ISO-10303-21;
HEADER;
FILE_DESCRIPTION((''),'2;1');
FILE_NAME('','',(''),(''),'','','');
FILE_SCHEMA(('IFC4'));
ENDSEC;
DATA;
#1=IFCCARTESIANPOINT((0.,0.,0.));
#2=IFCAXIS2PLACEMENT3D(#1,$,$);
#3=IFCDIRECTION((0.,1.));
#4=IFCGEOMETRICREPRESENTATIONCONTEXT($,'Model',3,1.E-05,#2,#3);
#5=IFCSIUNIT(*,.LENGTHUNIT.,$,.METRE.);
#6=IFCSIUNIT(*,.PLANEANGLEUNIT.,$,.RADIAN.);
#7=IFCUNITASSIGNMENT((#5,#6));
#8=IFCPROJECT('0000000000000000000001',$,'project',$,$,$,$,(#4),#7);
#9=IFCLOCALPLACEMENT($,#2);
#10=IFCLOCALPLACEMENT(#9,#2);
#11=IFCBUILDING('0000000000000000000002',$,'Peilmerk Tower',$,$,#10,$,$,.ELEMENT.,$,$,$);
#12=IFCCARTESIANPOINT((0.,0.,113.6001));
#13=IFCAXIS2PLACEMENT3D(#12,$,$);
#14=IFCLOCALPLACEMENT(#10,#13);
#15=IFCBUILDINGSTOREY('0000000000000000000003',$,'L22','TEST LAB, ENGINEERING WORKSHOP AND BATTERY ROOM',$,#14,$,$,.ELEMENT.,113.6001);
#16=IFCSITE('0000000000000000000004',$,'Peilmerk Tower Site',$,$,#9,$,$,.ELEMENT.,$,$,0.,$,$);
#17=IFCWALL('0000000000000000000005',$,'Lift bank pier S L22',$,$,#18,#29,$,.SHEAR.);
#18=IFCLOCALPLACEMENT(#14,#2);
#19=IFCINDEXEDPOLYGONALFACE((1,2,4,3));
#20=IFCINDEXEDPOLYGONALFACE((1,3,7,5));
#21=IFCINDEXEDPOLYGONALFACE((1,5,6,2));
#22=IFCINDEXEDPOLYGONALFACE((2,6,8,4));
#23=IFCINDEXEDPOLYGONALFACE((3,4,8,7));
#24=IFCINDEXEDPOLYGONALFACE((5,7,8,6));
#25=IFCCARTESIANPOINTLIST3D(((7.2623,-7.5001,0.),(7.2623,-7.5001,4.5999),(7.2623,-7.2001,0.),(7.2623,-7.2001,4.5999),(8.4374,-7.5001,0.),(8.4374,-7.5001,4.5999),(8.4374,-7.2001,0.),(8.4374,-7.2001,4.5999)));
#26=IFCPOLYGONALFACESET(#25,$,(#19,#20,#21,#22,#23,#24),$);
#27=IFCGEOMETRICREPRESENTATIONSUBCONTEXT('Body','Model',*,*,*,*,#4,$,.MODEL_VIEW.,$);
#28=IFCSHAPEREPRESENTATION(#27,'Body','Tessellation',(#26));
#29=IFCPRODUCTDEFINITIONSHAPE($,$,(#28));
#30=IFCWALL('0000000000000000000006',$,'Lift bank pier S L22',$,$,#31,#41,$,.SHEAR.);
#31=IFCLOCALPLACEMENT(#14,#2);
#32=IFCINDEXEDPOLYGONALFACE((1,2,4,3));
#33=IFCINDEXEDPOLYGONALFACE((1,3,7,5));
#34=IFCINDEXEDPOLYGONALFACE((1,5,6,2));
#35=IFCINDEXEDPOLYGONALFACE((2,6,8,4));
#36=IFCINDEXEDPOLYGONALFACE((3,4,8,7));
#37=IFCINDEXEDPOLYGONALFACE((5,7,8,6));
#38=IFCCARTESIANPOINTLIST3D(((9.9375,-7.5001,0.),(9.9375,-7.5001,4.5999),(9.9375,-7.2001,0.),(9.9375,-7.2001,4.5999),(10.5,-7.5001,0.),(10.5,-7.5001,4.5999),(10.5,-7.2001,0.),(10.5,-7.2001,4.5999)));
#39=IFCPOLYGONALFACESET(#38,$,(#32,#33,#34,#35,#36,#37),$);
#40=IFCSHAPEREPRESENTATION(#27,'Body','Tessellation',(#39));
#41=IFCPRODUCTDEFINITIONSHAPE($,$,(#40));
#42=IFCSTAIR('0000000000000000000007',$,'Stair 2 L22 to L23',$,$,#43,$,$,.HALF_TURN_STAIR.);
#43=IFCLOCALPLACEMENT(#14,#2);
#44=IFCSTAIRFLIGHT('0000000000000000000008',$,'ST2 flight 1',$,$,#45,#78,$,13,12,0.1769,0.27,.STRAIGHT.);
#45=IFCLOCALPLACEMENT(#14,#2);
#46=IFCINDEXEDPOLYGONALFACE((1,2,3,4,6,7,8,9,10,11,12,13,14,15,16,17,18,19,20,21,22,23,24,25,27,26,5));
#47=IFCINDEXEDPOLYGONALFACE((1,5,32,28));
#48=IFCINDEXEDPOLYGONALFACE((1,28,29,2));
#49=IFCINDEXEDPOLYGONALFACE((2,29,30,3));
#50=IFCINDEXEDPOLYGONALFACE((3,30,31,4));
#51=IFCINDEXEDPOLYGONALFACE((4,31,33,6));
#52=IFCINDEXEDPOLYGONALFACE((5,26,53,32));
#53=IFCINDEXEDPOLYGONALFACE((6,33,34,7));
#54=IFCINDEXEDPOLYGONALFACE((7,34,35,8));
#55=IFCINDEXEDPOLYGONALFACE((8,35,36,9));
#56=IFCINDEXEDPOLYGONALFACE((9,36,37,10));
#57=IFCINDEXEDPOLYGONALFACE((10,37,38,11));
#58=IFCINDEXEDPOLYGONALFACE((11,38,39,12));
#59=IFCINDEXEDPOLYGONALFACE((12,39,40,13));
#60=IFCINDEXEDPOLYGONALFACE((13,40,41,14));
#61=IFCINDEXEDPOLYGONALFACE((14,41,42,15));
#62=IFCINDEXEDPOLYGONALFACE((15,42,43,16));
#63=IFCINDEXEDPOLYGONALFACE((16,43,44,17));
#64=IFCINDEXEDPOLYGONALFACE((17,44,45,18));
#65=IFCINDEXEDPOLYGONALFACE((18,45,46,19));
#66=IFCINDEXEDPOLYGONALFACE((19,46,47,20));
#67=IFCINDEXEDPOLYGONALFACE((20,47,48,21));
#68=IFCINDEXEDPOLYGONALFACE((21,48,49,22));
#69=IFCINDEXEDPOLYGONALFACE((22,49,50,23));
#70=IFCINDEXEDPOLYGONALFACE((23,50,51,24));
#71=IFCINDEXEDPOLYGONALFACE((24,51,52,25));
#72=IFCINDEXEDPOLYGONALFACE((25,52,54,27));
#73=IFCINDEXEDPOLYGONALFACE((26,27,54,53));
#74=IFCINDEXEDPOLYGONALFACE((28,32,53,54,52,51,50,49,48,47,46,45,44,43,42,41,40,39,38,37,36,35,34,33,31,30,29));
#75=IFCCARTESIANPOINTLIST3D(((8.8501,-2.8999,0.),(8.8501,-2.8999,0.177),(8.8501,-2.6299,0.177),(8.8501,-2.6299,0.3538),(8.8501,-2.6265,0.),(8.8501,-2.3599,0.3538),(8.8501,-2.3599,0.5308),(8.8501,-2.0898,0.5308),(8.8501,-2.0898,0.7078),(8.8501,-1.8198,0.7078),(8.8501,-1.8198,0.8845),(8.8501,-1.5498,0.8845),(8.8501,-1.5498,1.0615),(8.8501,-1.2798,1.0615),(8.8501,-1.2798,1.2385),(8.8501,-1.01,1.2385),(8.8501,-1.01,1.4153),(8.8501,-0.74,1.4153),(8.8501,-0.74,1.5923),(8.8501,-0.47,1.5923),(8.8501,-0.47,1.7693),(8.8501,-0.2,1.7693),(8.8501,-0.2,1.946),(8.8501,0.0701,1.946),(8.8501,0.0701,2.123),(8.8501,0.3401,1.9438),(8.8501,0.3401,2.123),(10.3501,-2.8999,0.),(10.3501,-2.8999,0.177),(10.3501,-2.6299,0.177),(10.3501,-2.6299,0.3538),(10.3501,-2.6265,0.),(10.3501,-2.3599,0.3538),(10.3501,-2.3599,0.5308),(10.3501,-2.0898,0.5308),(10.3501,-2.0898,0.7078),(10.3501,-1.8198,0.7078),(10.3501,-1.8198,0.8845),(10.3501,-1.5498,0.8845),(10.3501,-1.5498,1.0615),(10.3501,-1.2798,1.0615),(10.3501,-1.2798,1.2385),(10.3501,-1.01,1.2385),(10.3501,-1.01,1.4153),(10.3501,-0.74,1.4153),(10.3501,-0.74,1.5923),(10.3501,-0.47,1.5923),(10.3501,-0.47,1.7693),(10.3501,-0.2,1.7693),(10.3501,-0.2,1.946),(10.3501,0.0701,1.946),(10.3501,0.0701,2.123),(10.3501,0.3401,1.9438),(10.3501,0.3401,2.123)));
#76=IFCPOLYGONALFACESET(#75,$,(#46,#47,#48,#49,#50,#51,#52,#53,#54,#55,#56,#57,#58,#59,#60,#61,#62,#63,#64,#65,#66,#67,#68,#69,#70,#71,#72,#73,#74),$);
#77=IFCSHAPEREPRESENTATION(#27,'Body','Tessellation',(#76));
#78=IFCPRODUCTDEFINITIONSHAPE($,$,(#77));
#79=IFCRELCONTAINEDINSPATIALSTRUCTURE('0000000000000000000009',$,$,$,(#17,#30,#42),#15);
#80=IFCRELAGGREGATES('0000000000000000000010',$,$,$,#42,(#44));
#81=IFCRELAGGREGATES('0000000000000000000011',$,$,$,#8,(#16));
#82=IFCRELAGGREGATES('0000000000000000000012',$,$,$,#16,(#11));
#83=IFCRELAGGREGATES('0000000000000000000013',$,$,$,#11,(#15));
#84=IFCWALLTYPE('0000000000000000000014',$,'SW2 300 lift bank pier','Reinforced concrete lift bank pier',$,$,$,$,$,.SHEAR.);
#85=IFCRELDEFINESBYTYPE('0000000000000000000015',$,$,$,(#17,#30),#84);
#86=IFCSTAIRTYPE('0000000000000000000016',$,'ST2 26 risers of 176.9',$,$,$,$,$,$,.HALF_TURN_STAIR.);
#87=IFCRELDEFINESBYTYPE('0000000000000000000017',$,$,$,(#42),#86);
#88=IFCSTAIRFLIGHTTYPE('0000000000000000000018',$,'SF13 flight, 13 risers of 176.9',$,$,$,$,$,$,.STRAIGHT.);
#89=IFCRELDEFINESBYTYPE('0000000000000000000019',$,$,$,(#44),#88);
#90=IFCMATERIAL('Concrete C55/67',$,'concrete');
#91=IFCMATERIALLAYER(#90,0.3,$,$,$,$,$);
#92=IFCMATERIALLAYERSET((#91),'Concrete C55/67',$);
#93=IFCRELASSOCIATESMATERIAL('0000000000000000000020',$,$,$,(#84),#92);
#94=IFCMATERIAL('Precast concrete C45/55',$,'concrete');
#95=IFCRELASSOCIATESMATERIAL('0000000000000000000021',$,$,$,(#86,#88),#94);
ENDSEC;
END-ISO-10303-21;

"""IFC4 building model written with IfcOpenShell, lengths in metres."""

from ifc_helpers import new_model, si_unit, direction, frame, frame_2d, origin, place, context, subcontext, project, spatial, polyline, rectangle, outline, extrude, material, layer, layer_set, type_object, element, aggregate, save


model = new_model("IFC4")

# Units and contexts
model_context = context("Model", 3, precision=1e-05, world=origin(), true_north=direction((0.0, 1.0)))
body_context = subcontext(model_context, "Body", "Model", "MODEL_VIEW")
ifc_project = project(units=[si_unit("LENGTHUNIT", "METRE"), si_unit("PLANEANGLEUNIT", "RADIAN")], contexts=[model_context])

# Site, building, storey
site_placement = place(None, origin())
site = spatial("IfcSite", under=ifc_project, at=site_placement, Name="Peilmerk Tower Site", CompositionType="ELEMENT", RefElevation=0.0)
building_placement = place(site_placement, origin())
building = spatial("IfcBuilding", under=site, at=building_placement, Name="Peilmerk Tower", CompositionType="ELEMENT")
storey_placement = place(building_placement, frame((0.0, 0.0, 113.6001)))
storey = spatial("IfcBuildingStorey", under=building, at=storey_placement, Name="L22", Description="TEST LAB, ENGINEERING WORKSHOP AND BATTERY ROOM", CompositionType="ELEMENT", Elevation=113.6001)

# Walls
ifc_material_1 = material(Name="Concrete C55/67", Category="concrete")
ifc_layer_1 = layer(ifc_material_1, 0.3)
ifc_layer_set_1 = layer_set([ifc_layer_1], Name="Concrete C55/67")
wall_type_1 = type_object("IfcWallType", Name="SW2 300 lift bank pier", Description="Reinforced concrete lift bank pier", PredefinedType="SHEAR", material=ifc_layer_set_1)
wall_1_placement = place(storey_placement, frame((7.2625, -7.3501, 0.0), z_axis=(0.0, 0.0, 1.0), x_axis=(1.0, 0.0, 0.0)))
element("IfcWall", 1, at=wall_1_placement, inside=storey, type_object=wall_type_1, Name="Lift bank pier S L22", PredefinedType="SHEAR", context=body_context, shape_type="SweptSolid", body=[
    extrude(rectangle(XDim=1.175, YDim=0.3, at=frame_2d((0.5874, 0.0))), origin(), (0.0, 0.0, 1.0), 4.5999),
])
wall_2_placement = place(storey_placement, frame((9.9375, -7.3501, 0.0), z_axis=(0.0, 0.0, 1.0), x_axis=(1.0, 0.0, 0.0)))
element("IfcWall", 2, at=wall_2_placement, inside=storey, type_object=wall_type_1, Name="Lift bank pier S L22", PredefinedType="SHEAR", context=body_context, shape_type="SweptSolid", body=[
    extrude(rectangle(XDim=0.5625, YDim=0.3, at=frame_2d((0.2812, 0.0))), origin(), (0.0, 0.0, 1.0), 4.5999),
])

# Stair, stair flight
ifc_material_2 = material(Name="Precast concrete C45/55", Category="concrete")
stair_type = type_object("IfcStairType", Name="ST2 26 risers of 176.9", PredefinedType="HALF_TURN_STAIR", material=ifc_material_2)
stair_placement = place(storey_placement, origin())
stair = element("IfcStair", 3, at=stair_placement, inside=storey, type_object=stair_type, Name="Stair 2 L22 to L23", PredefinedType="HALF_TURN_STAIR")
stair_flight_type = type_object("IfcStairFlightType", Name="SF13 flight, 13 risers of 176.9", PredefinedType="STRAIGHT", material=ifc_material_2)
stair_flight_placement = place(storey_placement, frame((9.6001, -2.8999, 0.0), z_axis=(0.0, 0.0, 1.0), x_axis=(0.0, 1.0, 0.0)))
stair_flight = element("IfcStairFlight", 4, at=stair_flight_placement, type_object=stair_flight_type, Name="ST2 flight 1", NumberOfRisers=13, NumberOfTreads=12, PredefinedType="STRAIGHT", RiserHeight=0.1769, TreadLength=0.27, context=body_context, shape_type="SweptSolid", body=[
    extrude(outline(polyline([(0.0, 0.0), (0.0, 0.177), (0.27, 0.177), (0.27, 0.3538), (0.54, 0.3538), (0.54, 0.5308), (0.8101, 0.5308), (0.8101, 0.7078), (1.0801, 0.7078), (1.0801, 0.8845), (1.3501, 0.8845), (1.3501, 1.0615), (1.6201, 1.0615), (1.6201, 1.2385), (1.8899, 1.2385), (1.8899, 1.4153), (2.1599, 1.4153), (2.1599, 1.5923), (2.4299, 1.5923), (2.4299, 1.7693), (2.7, 1.7693), (2.7, 1.946), (2.97, 1.946), (2.97, 2.123), (3.24, 2.123), (3.24, 2.3), (3.24, 1.9438), (0.2734, 0.0), (0.0, 0.0)])), frame((0.0, 0.75, 0.0), z_axis=(0.0, -1.0, 0.0), x_axis=(1.0, 0.0, 0.0)), (0.0, 0.0, 1.0), 1.5),
])
aggregate(stair, [stair_flight])

save(model, "model.ifc")
